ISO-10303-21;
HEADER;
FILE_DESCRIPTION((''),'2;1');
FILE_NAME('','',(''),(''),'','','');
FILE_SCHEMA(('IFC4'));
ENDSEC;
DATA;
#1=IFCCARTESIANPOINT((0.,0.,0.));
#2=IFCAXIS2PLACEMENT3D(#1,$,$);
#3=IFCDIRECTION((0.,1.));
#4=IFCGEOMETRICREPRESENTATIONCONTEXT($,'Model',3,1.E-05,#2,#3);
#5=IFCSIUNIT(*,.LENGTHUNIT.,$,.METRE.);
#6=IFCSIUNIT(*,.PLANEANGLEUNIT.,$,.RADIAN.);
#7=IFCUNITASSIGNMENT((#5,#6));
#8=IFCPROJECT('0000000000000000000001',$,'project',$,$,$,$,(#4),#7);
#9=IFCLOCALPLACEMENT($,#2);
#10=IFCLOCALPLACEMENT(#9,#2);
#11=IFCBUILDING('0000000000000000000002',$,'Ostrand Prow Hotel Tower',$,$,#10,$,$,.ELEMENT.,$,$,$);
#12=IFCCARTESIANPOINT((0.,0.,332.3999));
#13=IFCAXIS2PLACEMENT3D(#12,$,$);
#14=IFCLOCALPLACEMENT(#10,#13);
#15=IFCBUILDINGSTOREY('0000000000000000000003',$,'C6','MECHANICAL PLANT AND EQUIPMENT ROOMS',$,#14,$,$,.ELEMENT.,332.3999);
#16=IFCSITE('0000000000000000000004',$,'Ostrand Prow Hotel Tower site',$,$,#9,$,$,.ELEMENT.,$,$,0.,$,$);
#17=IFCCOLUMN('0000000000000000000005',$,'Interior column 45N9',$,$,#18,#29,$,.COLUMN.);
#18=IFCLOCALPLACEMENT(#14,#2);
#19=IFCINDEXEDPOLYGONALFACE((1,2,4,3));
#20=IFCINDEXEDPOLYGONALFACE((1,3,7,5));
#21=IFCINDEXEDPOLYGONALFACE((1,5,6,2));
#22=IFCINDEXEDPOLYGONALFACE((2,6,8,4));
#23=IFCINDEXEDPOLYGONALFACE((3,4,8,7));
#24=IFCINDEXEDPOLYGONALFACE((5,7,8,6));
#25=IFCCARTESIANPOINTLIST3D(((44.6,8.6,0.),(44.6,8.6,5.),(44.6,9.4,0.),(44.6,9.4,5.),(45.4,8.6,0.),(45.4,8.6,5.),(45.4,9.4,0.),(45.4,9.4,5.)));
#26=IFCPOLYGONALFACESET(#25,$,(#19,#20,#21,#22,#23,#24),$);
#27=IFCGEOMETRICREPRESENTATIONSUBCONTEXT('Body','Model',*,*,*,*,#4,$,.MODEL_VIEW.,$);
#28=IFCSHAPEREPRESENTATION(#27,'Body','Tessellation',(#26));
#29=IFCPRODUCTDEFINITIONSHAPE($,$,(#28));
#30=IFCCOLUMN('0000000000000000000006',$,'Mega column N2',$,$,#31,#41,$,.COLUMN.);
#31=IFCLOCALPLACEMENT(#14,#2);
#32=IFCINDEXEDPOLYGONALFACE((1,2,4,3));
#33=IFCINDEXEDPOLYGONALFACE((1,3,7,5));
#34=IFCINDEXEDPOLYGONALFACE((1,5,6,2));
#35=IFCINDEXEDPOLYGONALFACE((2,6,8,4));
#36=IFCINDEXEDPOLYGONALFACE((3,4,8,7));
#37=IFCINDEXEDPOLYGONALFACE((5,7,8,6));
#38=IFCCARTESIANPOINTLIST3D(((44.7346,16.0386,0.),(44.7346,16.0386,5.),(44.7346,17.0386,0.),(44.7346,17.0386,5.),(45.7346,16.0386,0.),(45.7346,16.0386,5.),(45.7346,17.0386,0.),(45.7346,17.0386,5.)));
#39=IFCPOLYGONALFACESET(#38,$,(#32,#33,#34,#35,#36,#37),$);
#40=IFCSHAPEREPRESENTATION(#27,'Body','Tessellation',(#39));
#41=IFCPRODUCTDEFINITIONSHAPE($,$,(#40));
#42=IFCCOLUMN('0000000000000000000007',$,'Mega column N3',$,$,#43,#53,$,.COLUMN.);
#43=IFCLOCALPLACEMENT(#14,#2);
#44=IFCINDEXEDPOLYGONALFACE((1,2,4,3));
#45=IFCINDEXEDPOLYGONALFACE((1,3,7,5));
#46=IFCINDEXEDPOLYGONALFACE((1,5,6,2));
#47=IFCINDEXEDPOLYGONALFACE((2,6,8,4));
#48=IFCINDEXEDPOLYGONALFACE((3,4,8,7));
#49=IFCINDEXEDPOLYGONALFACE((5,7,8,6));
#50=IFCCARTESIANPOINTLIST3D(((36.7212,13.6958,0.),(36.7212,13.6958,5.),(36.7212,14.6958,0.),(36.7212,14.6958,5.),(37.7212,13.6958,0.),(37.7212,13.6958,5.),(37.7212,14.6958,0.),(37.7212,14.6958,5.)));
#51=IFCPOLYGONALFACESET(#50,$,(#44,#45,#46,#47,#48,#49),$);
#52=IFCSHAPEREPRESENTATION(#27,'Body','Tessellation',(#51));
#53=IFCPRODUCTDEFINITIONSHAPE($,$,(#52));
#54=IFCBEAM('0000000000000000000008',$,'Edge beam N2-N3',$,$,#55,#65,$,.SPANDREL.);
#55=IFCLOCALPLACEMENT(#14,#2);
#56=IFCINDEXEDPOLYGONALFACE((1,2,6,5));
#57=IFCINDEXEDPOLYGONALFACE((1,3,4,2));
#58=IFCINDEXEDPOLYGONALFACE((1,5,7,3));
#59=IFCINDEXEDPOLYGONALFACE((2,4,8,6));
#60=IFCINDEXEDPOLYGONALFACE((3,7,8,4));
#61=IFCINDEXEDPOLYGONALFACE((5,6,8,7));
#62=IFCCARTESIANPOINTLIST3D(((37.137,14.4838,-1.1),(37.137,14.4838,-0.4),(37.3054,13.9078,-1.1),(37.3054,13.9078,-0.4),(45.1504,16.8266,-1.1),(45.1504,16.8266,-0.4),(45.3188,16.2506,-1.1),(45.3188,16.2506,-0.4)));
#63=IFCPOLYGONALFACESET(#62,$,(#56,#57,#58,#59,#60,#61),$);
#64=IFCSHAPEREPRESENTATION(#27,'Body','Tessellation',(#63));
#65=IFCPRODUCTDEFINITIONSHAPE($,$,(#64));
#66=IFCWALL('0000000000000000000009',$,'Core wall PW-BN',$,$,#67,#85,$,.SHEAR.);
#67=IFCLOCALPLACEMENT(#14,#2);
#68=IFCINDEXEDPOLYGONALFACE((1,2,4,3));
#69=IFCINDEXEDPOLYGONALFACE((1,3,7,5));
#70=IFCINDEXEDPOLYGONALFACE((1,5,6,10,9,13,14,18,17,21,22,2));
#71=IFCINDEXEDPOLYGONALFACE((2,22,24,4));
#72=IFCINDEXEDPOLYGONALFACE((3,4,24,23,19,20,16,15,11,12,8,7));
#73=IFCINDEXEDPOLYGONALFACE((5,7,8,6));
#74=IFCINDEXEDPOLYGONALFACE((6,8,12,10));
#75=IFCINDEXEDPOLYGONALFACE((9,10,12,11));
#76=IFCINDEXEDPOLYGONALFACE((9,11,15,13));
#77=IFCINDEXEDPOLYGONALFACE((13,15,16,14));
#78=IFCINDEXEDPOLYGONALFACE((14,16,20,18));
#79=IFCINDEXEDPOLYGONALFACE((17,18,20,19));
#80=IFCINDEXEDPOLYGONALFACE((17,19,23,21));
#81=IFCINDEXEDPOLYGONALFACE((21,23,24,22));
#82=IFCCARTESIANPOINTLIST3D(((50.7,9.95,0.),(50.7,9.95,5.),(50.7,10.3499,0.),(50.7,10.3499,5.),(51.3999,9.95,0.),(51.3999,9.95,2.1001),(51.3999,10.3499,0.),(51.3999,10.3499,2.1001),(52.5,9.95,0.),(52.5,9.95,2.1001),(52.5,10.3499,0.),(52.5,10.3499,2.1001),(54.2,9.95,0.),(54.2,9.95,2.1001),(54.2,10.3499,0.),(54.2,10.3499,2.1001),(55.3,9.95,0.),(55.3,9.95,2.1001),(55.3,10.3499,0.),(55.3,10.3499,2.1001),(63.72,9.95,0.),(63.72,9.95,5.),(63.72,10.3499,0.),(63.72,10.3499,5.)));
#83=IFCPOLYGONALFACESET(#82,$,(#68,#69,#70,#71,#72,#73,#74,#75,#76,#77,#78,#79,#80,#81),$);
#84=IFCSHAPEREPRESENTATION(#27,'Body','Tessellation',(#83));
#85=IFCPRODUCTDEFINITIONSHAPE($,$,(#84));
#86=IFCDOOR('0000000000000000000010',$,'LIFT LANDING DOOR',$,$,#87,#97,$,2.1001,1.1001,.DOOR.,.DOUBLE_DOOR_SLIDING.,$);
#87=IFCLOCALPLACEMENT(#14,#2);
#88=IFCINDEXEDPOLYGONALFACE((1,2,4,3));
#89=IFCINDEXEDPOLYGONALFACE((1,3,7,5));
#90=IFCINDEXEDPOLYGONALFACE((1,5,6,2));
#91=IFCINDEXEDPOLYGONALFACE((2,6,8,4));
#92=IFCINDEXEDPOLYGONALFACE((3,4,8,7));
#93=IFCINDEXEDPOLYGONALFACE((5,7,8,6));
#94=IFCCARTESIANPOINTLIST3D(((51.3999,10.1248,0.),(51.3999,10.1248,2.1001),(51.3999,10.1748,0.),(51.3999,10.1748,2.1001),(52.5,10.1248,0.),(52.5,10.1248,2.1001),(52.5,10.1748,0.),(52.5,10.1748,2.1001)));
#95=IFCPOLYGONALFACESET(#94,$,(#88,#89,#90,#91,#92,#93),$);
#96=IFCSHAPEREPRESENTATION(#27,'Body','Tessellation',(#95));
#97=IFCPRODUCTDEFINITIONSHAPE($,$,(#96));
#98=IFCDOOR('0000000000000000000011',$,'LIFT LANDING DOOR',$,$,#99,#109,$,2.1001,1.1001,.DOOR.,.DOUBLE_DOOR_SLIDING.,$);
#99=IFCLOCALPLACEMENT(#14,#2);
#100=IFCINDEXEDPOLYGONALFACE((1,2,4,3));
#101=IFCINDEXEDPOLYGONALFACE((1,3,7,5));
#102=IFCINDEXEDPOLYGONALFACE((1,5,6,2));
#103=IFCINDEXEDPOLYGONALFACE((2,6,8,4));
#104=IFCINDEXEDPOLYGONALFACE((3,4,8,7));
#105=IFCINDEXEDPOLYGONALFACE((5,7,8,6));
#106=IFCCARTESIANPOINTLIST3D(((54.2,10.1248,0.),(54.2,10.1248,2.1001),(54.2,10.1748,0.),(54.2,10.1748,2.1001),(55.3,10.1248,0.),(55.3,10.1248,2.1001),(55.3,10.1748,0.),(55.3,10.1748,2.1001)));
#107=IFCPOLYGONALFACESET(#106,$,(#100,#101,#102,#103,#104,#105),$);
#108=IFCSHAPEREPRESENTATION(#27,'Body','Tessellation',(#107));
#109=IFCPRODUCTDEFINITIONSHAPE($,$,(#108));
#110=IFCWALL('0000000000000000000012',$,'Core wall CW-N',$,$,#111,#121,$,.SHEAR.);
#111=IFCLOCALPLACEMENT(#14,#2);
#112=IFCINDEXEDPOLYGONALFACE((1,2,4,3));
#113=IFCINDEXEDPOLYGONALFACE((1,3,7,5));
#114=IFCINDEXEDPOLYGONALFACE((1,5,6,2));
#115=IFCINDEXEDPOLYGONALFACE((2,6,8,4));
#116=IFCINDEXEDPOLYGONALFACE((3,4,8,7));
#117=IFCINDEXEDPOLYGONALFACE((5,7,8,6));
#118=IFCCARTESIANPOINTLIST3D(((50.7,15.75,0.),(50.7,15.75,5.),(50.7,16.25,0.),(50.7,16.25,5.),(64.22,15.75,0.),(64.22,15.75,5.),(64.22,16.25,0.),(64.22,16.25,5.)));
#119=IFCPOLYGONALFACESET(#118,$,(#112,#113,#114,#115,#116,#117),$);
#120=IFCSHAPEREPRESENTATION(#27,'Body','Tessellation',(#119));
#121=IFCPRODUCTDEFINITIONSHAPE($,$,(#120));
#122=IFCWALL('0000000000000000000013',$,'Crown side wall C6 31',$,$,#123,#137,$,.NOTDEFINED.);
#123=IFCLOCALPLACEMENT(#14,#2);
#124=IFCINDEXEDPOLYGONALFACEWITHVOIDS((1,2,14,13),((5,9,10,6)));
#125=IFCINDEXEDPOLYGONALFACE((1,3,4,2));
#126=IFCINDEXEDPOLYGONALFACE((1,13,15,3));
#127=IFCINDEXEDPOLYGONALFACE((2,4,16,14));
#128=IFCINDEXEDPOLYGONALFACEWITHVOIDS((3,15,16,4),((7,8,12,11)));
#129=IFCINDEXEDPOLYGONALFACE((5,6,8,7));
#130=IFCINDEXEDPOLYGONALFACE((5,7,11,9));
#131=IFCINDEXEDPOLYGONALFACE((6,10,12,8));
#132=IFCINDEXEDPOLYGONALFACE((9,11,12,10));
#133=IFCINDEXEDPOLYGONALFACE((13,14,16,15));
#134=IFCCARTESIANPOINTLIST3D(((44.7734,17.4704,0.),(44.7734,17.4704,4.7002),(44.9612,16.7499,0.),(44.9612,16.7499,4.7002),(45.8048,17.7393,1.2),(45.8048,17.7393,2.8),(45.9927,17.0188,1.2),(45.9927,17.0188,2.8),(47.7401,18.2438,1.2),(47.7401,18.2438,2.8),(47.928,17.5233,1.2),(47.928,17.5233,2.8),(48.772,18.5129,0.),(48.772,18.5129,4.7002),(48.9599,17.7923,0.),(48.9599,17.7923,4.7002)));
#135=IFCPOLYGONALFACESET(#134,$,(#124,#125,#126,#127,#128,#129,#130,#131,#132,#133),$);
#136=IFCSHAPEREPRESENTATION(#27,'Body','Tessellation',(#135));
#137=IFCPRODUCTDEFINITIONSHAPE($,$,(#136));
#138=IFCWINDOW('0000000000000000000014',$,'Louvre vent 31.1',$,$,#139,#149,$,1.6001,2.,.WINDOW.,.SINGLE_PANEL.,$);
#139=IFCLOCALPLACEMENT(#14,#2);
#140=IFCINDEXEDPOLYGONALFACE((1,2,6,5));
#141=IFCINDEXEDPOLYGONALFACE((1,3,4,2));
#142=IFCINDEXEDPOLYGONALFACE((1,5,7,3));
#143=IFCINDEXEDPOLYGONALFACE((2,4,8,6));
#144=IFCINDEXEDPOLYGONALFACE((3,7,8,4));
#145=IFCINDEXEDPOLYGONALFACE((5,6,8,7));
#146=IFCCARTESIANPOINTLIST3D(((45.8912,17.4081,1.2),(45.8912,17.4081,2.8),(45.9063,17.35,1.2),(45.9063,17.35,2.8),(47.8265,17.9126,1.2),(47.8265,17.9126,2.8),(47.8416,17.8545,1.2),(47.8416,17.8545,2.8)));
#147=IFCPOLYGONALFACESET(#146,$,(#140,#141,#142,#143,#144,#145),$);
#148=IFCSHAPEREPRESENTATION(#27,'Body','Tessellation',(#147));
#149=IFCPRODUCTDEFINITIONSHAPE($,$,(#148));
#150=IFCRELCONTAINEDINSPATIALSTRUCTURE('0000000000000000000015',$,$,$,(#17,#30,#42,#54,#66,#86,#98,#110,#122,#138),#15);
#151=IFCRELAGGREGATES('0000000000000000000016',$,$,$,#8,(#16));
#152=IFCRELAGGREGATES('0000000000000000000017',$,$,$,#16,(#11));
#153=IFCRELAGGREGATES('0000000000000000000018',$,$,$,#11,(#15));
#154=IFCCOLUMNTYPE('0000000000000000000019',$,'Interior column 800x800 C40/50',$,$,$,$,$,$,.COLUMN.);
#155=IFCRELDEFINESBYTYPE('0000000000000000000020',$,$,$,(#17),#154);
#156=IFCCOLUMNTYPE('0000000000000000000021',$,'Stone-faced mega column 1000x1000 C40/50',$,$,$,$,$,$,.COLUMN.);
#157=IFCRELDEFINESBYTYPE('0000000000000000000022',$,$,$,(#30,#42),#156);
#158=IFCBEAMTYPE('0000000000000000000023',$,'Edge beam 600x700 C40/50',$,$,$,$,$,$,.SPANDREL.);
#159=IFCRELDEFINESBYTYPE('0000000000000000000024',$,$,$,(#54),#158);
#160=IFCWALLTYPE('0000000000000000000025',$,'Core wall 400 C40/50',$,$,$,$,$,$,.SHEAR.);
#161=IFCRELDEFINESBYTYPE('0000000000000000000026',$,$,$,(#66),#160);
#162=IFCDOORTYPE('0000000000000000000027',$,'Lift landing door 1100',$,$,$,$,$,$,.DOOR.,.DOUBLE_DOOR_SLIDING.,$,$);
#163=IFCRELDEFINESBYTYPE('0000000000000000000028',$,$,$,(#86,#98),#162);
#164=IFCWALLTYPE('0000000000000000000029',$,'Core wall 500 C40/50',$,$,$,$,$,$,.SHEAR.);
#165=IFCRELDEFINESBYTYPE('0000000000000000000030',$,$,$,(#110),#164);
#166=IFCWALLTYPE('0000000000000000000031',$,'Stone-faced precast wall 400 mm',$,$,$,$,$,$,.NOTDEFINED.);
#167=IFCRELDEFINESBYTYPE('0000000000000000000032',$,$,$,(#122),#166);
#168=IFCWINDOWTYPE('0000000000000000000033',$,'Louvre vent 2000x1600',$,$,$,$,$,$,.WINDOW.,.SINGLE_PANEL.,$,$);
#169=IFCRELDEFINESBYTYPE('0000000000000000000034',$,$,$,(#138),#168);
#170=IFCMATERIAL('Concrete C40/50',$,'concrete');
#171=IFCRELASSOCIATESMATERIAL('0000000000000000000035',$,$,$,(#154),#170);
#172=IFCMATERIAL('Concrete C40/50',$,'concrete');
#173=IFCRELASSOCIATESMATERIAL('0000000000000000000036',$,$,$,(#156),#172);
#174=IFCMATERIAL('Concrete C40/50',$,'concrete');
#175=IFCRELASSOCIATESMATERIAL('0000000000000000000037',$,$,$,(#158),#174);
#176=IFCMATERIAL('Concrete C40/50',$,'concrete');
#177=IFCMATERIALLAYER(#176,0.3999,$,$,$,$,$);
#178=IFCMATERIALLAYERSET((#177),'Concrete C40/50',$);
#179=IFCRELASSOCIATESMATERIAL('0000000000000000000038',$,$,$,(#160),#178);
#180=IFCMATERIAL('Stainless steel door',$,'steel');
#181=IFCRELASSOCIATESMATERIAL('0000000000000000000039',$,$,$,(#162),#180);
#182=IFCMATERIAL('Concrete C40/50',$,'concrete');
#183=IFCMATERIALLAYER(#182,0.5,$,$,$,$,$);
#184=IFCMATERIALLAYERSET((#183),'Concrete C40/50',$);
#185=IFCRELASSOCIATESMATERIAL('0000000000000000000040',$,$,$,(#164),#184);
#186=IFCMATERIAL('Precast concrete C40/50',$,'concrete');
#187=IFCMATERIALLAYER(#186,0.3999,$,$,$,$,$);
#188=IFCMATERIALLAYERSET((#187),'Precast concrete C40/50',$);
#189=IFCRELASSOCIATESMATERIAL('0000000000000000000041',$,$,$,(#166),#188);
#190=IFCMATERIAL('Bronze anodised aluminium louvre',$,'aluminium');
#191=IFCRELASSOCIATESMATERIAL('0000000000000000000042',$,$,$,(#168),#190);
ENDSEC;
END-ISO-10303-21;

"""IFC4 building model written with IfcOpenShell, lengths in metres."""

from ifc_helpers import new_model, si_unit, direction, frame, frame_2d, origin, origin_2d, place, context, subcontext, project, spatial, rectangle, extrude, material, layer, layer_set, material_profile, profile_set, type_object, element, fill, save


model = new_model("IFC4")

# Units and contexts
model_context = context("Model", 3, precision=1e-05, world=origin(), true_north=direction((0.0, 1.0)))
body_context = subcontext(model_context, "Body", "Model", "MODEL_VIEW")
ifc_project = project(units=[si_unit("LENGTHUNIT", "METRE"), si_unit("PLANEANGLEUNIT", "RADIAN")], contexts=[model_context])

# Site, building, storey
site_placement = place(None, origin())
site = spatial("IfcSite", under=ifc_project, at=site_placement, Name="Ostrand Prow Hotel Tower site", CompositionType="ELEMENT", RefElevation=0.0)
building_placement = place(site_placement, origin())
building = spatial("IfcBuilding", under=site, at=building_placement, Name="Ostrand Prow Hotel Tower", CompositionType="ELEMENT")
storey_placement = place(building_placement, frame((0.0, 0.0, 332.3999)))
storey = spatial("IfcBuildingStorey", under=building, at=storey_placement, Name="C6", Description="MECHANICAL PLANT AND EQUIPMENT ROOMS", CompositionType="ELEMENT", Elevation=332.3999)

# Columns
ifc_material_1 = material(Name="Concrete C40/50", Category="concrete")
ifc_material_profile_1 = material_profile(ifc_material_1, rectangle(XDim=0.8, YDim=0.8, at=origin_2d()), Name="RC 800x800")
ifc_profile_set_1 = profile_set([ifc_material_profile_1], Name="Concrete C40/50")
column_type_1 = type_object("IfcColumnType", Name="Interior column 800x800 C40/50", PredefinedType="COLUMN", material=ifc_profile_set_1)
column_placement = place(storey_placement, frame((45.0, 9.0, 0.0), z_axis=(0.0, 0.0, 1.0), x_axis=(1.0, 0.0, 0.0)))
element("IfcColumn", 1, at=column_placement, inside=storey, type_object=column_type_1, Name="Interior column 45N9", PredefinedType="COLUMN", context=body_context, shape_type="SweptSolid", body=[
    extrude(rectangle(XDim=0.8, YDim=0.8, at=origin_2d()), origin(), (0.0, 0.0, 1.0), 5.0),
])
ifc_material_2 = material(Name="Concrete C40/50", Category="concrete")
ifc_material_profile_2 = material_profile(ifc_material_2, rectangle(XDim=1.0, YDim=1.0, at=origin_2d()), Name="RC 1000x1000")
ifc_profile_set_2 = profile_set([ifc_material_profile_2], Name="Concrete C40/50")
column_type_2 = type_object("IfcColumnType", Name="Stone-faced mega column 1000x1000 C40/50", PredefinedType="COLUMN", material=ifc_profile_set_2)
for number, where, z_axis, x_axis, name in (
    (2, (45.2346, 16.5386, 0.0), (0.0, 0.0, 1.0), (1.0, 0.0, 0.0), "Mega column N2"),
    (3, (37.2212, 14.1958, 0.0), (0.0, 0.0, 1.0), (1.0, 0.0, 0.0), "Mega column N3"),
):
    element("IfcColumn", number, at=place(storey_placement, frame(where, z_axis=z_axis, x_axis=x_axis)), inside=storey, type_object=column_type_2, Name=name, PredefinedType="COLUMN", context=body_context, shape_type="SweptSolid", body=[
        extrude(rectangle(XDim=1.0, YDim=1.0, at=origin_2d()), origin(), (0.0, 0.0, 1.0), 5.0),
    ])

# Beam
ifc_material_3 = material(Name="Concrete C40/50", Category="concrete")
ifc_material_profile_3 = material_profile(ifc_material_3, rectangle(XDim=0.6001, YDim=0.7, at=origin_2d()), Name="RC 600x700")
ifc_profile_set_3 = profile_set([ifc_material_profile_3], Name="Concrete C40/50")
beam_type = type_object("IfcBeamType", Name="Edge beam 600x700 C40/50", PredefinedType="SPANDREL", material=ifc_profile_set_3)
beam_placement = place(storey_placement, frame((45.2346, 16.5386, -0.75), z_axis=(-0.959822, -0.28061, 0.0), x_axis=(0.28061, -0.959822, 0.0)))
element("IfcBeam", 4, at=beam_placement, inside=storey, type_object=beam_type, Name="Edge beam N2-N3", PredefinedType="SPANDREL", context=body_context, shape_type="SweptSolid", body=[
    extrude(rectangle(XDim=0.6001, YDim=0.7, at=origin_2d()), origin(), (0.0, 0.0, 1.0), 8.3489),
])

# Wall, openings, doors
ifc_material_4 = material(Name="Concrete C40/50", Category="concrete")
ifc_layer_1 = layer(ifc_material_4, 0.3999)
ifc_layer_set_1 = layer_set([ifc_layer_1], Name="Concrete C40/50")
wall_type_1 = type_object("IfcWallType", Name="Core wall 400 C40/50", PredefinedType="SHEAR", material=ifc_layer_set_1)
wall_1_placement = place(storey_placement, frame((50.7, 10.1499, 0.0), z_axis=(0.0, 0.0, 1.0), x_axis=(1.0, 0.0, 0.0)))
wall_1 = element("IfcWall", 5, at=wall_1_placement, inside=storey, type_object=wall_type_1, Name="Core wall PW-BN", PredefinedType="SHEAR", context=body_context, shape_type="SweptSolid", body=[
    extrude(rectangle(XDim=13.02, YDim=0.3999, at=frame_2d((6.51, 0.0))), origin(), (0.0, 0.0, 1.0), 5.0),
])
opening_1_placement = place(wall_1_placement, frame((0.7, 0.0, 0.0)))
opening_1 = element("IfcOpeningElement", 6, at=opening_1_placement, cuts=wall_1, PredefinedType="OPENING", context=body_context, shape_type="SweptSolid", body=[
    extrude(rectangle(XDim=1.1001, YDim=2.1001, at=frame_2d((0.55, 1.05))), frame((0.0, 0.21, 0.0), z_axis=(0.0, -1.0, 0.0), x_axis=(1.0, 0.0, 0.0)), (0.0, 0.0, 1.0), 0.4199),
])
opening_2_placement = place(wall_1_placement, frame((3.5, 0.0, 0.0)))
opening_2 = element("IfcOpeningElement", 7, at=opening_2_placement, cuts=wall_1, PredefinedType="OPENING", context=body_context, shape_type="SweptSolid", body=[
    extrude(rectangle(XDim=1.1001, YDim=2.1001, at=frame_2d((0.55, 1.05))), frame((0.0, 0.21, 0.0), z_axis=(0.0, -1.0, 0.0), x_axis=(1.0, 0.0, 0.0)), (0.0, 0.0, 1.0), 0.4199),
])
ifc_material_5 = material(Name="Stainless steel door", Category="steel")
door_type = type_object("IfcDoorType", Name="Lift landing door 1100", OperationType="DOUBLE_DOOR_SLIDING", PredefinedType="DOOR", material=ifc_material_5)
door_1_placement = place(opening_1_placement, origin())
door_1 = element("IfcDoor", 8, at=door_1_placement, inside=storey, type_object=door_type, Name="LIFT LANDING DOOR", OperationType="DOUBLE_DOOR_SLIDING", OverallHeight=2.1001, OverallWidth=1.1001, PredefinedType="DOOR", context=body_context, shape_type="SweptSolid", body=[
    extrude(rectangle(XDim=1.1001, YDim=2.1001, at=frame_2d((0.55, 1.05))), frame((0.0, 0.0249, 0.0), z_axis=(0.0, -1.0, 0.0), x_axis=(1.0, 0.0, 0.0)), (0.0, 0.0, 1.0), 0.05),
])
fill(opening_1, door_1)
door_2_placement = place(opening_2_placement, origin())
door_2 = element("IfcDoor", 9, at=door_2_placement, inside=storey, type_object=door_type, Name="LIFT LANDING DOOR", OperationType="DOUBLE_DOOR_SLIDING", OverallHeight=2.1001, OverallWidth=1.1001, PredefinedType="DOOR", context=body_context, shape_type="SweptSolid", body=[
    extrude(rectangle(XDim=1.1001, YDim=2.1001, at=frame_2d((0.55, 1.05))), frame((0.0, 0.0249, 0.0), z_axis=(0.0, -1.0, 0.0), x_axis=(1.0, 0.0, 0.0)), (0.0, 0.0, 1.0), 0.05),
])
fill(opening_2, door_2)

# Wall
ifc_material_6 = material(Name="Concrete C40/50", Category="concrete")
ifc_layer_2 = layer(ifc_material_6, 0.5)
ifc_layer_set_2 = layer_set([ifc_layer_2], Name="Concrete C40/50")
wall_type_2 = type_object("IfcWallType", Name="Core wall 500 C40/50", PredefinedType="SHEAR", material=ifc_layer_set_2)
wall_2_placement = place(storey_placement, frame((50.7, 16.0, 0.0), z_axis=(0.0, 0.0, 1.0), x_axis=(1.0, 0.0, 0.0)))
element("IfcWall", 10, at=wall_2_placement, inside=storey, type_object=wall_type_2, Name="Core wall CW-N", PredefinedType="SHEAR", context=body_context, shape_type="SweptSolid", body=[
    extrude(rectangle(XDim=13.52, YDim=0.5, at=frame_2d((6.76, 0.0))), origin(), (0.0, 0.0, 1.0), 5.0),
])

# Wall, opening, window
ifc_material_7 = material(Name="Precast concrete C40/50", Category="concrete")
ifc_layer_3 = layer(ifc_material_7, 0.3999)
ifc_layer_set_3 = layer_set([ifc_layer_3], Name="Precast concrete C40/50")
wall_type_3 = type_object("IfcWallType", Name="Stone-faced precast wall 400 mm", PredefinedType="NOTDEFINED", material=ifc_layer_set_3)
wall_3_placement = place(storey_placement, frame((48.866, 18.1526, 0.0), z_axis=(0.0, 0.0, 1.0), x_axis=(-0.967657, -0.252268, 0.0)))
wall_3 = element("IfcWall", 11, at=wall_3_placement, inside=storey, type_object=wall_type_3, Name="Crown side wall C6 31", PredefinedType="NOTDEFINED", context=body_context, shape_type="SweptSolid", body=[
    extrude(rectangle(XDim=4.1323, YDim=0.7446, at=frame_2d((2.0662, 0.0))), origin(), (0.0, 0.0, 1.0), 4.7002),
])
opening_3_placement = place(wall_3_placement, frame((1.0664, 0.0, 1.2)))
opening_3 = element("IfcOpeningElement", 12, at=opening_3_placement, cuts=wall_3, PredefinedType="OPENING", context=body_context, shape_type="SweptSolid", body=[
    extrude(rectangle(XDim=2.0, YDim=1.6001, at=frame_2d((1.0, 0.8))), frame((0.0, 0.3823, 0.0), z_axis=(0.0, -1.0, 0.0), x_axis=(1.0, 0.0, 0.0)), (0.0, 0.0, 1.0), 0.7646),
])
ifc_material_8 = material(Name="Bronze anodised aluminium louvre", Category="aluminium")
window_type = type_object("IfcWindowType", Name="Louvre vent 2000x1600", PartitioningType="SINGLE_PANEL", PredefinedType="WINDOW", material=ifc_material_8)
window_1_placement = place(opening_3_placement, origin())
window_1 = element("IfcWindow", 13, at=window_1_placement, inside=storey, type_object=window_type, Name="Louvre vent 31.1", OverallHeight=1.6001, OverallWidth=2.0, PartitioningType="SINGLE_PANEL", PredefinedType="WINDOW", context=body_context, shape_type="SweptSolid", body=[
    extrude(rectangle(XDim=2.0, YDim=1.6001, at=frame_2d((1.0, 0.8))), frame((0.0, 0.03, 0.0), z_axis=(0.0, -1.0, 0.0), x_axis=(1.0, 0.0, 0.0)), (0.0, 0.0, 1.0), 0.0601),
])
fill(opening_3, window_1)

save(model, "model.ifc")
